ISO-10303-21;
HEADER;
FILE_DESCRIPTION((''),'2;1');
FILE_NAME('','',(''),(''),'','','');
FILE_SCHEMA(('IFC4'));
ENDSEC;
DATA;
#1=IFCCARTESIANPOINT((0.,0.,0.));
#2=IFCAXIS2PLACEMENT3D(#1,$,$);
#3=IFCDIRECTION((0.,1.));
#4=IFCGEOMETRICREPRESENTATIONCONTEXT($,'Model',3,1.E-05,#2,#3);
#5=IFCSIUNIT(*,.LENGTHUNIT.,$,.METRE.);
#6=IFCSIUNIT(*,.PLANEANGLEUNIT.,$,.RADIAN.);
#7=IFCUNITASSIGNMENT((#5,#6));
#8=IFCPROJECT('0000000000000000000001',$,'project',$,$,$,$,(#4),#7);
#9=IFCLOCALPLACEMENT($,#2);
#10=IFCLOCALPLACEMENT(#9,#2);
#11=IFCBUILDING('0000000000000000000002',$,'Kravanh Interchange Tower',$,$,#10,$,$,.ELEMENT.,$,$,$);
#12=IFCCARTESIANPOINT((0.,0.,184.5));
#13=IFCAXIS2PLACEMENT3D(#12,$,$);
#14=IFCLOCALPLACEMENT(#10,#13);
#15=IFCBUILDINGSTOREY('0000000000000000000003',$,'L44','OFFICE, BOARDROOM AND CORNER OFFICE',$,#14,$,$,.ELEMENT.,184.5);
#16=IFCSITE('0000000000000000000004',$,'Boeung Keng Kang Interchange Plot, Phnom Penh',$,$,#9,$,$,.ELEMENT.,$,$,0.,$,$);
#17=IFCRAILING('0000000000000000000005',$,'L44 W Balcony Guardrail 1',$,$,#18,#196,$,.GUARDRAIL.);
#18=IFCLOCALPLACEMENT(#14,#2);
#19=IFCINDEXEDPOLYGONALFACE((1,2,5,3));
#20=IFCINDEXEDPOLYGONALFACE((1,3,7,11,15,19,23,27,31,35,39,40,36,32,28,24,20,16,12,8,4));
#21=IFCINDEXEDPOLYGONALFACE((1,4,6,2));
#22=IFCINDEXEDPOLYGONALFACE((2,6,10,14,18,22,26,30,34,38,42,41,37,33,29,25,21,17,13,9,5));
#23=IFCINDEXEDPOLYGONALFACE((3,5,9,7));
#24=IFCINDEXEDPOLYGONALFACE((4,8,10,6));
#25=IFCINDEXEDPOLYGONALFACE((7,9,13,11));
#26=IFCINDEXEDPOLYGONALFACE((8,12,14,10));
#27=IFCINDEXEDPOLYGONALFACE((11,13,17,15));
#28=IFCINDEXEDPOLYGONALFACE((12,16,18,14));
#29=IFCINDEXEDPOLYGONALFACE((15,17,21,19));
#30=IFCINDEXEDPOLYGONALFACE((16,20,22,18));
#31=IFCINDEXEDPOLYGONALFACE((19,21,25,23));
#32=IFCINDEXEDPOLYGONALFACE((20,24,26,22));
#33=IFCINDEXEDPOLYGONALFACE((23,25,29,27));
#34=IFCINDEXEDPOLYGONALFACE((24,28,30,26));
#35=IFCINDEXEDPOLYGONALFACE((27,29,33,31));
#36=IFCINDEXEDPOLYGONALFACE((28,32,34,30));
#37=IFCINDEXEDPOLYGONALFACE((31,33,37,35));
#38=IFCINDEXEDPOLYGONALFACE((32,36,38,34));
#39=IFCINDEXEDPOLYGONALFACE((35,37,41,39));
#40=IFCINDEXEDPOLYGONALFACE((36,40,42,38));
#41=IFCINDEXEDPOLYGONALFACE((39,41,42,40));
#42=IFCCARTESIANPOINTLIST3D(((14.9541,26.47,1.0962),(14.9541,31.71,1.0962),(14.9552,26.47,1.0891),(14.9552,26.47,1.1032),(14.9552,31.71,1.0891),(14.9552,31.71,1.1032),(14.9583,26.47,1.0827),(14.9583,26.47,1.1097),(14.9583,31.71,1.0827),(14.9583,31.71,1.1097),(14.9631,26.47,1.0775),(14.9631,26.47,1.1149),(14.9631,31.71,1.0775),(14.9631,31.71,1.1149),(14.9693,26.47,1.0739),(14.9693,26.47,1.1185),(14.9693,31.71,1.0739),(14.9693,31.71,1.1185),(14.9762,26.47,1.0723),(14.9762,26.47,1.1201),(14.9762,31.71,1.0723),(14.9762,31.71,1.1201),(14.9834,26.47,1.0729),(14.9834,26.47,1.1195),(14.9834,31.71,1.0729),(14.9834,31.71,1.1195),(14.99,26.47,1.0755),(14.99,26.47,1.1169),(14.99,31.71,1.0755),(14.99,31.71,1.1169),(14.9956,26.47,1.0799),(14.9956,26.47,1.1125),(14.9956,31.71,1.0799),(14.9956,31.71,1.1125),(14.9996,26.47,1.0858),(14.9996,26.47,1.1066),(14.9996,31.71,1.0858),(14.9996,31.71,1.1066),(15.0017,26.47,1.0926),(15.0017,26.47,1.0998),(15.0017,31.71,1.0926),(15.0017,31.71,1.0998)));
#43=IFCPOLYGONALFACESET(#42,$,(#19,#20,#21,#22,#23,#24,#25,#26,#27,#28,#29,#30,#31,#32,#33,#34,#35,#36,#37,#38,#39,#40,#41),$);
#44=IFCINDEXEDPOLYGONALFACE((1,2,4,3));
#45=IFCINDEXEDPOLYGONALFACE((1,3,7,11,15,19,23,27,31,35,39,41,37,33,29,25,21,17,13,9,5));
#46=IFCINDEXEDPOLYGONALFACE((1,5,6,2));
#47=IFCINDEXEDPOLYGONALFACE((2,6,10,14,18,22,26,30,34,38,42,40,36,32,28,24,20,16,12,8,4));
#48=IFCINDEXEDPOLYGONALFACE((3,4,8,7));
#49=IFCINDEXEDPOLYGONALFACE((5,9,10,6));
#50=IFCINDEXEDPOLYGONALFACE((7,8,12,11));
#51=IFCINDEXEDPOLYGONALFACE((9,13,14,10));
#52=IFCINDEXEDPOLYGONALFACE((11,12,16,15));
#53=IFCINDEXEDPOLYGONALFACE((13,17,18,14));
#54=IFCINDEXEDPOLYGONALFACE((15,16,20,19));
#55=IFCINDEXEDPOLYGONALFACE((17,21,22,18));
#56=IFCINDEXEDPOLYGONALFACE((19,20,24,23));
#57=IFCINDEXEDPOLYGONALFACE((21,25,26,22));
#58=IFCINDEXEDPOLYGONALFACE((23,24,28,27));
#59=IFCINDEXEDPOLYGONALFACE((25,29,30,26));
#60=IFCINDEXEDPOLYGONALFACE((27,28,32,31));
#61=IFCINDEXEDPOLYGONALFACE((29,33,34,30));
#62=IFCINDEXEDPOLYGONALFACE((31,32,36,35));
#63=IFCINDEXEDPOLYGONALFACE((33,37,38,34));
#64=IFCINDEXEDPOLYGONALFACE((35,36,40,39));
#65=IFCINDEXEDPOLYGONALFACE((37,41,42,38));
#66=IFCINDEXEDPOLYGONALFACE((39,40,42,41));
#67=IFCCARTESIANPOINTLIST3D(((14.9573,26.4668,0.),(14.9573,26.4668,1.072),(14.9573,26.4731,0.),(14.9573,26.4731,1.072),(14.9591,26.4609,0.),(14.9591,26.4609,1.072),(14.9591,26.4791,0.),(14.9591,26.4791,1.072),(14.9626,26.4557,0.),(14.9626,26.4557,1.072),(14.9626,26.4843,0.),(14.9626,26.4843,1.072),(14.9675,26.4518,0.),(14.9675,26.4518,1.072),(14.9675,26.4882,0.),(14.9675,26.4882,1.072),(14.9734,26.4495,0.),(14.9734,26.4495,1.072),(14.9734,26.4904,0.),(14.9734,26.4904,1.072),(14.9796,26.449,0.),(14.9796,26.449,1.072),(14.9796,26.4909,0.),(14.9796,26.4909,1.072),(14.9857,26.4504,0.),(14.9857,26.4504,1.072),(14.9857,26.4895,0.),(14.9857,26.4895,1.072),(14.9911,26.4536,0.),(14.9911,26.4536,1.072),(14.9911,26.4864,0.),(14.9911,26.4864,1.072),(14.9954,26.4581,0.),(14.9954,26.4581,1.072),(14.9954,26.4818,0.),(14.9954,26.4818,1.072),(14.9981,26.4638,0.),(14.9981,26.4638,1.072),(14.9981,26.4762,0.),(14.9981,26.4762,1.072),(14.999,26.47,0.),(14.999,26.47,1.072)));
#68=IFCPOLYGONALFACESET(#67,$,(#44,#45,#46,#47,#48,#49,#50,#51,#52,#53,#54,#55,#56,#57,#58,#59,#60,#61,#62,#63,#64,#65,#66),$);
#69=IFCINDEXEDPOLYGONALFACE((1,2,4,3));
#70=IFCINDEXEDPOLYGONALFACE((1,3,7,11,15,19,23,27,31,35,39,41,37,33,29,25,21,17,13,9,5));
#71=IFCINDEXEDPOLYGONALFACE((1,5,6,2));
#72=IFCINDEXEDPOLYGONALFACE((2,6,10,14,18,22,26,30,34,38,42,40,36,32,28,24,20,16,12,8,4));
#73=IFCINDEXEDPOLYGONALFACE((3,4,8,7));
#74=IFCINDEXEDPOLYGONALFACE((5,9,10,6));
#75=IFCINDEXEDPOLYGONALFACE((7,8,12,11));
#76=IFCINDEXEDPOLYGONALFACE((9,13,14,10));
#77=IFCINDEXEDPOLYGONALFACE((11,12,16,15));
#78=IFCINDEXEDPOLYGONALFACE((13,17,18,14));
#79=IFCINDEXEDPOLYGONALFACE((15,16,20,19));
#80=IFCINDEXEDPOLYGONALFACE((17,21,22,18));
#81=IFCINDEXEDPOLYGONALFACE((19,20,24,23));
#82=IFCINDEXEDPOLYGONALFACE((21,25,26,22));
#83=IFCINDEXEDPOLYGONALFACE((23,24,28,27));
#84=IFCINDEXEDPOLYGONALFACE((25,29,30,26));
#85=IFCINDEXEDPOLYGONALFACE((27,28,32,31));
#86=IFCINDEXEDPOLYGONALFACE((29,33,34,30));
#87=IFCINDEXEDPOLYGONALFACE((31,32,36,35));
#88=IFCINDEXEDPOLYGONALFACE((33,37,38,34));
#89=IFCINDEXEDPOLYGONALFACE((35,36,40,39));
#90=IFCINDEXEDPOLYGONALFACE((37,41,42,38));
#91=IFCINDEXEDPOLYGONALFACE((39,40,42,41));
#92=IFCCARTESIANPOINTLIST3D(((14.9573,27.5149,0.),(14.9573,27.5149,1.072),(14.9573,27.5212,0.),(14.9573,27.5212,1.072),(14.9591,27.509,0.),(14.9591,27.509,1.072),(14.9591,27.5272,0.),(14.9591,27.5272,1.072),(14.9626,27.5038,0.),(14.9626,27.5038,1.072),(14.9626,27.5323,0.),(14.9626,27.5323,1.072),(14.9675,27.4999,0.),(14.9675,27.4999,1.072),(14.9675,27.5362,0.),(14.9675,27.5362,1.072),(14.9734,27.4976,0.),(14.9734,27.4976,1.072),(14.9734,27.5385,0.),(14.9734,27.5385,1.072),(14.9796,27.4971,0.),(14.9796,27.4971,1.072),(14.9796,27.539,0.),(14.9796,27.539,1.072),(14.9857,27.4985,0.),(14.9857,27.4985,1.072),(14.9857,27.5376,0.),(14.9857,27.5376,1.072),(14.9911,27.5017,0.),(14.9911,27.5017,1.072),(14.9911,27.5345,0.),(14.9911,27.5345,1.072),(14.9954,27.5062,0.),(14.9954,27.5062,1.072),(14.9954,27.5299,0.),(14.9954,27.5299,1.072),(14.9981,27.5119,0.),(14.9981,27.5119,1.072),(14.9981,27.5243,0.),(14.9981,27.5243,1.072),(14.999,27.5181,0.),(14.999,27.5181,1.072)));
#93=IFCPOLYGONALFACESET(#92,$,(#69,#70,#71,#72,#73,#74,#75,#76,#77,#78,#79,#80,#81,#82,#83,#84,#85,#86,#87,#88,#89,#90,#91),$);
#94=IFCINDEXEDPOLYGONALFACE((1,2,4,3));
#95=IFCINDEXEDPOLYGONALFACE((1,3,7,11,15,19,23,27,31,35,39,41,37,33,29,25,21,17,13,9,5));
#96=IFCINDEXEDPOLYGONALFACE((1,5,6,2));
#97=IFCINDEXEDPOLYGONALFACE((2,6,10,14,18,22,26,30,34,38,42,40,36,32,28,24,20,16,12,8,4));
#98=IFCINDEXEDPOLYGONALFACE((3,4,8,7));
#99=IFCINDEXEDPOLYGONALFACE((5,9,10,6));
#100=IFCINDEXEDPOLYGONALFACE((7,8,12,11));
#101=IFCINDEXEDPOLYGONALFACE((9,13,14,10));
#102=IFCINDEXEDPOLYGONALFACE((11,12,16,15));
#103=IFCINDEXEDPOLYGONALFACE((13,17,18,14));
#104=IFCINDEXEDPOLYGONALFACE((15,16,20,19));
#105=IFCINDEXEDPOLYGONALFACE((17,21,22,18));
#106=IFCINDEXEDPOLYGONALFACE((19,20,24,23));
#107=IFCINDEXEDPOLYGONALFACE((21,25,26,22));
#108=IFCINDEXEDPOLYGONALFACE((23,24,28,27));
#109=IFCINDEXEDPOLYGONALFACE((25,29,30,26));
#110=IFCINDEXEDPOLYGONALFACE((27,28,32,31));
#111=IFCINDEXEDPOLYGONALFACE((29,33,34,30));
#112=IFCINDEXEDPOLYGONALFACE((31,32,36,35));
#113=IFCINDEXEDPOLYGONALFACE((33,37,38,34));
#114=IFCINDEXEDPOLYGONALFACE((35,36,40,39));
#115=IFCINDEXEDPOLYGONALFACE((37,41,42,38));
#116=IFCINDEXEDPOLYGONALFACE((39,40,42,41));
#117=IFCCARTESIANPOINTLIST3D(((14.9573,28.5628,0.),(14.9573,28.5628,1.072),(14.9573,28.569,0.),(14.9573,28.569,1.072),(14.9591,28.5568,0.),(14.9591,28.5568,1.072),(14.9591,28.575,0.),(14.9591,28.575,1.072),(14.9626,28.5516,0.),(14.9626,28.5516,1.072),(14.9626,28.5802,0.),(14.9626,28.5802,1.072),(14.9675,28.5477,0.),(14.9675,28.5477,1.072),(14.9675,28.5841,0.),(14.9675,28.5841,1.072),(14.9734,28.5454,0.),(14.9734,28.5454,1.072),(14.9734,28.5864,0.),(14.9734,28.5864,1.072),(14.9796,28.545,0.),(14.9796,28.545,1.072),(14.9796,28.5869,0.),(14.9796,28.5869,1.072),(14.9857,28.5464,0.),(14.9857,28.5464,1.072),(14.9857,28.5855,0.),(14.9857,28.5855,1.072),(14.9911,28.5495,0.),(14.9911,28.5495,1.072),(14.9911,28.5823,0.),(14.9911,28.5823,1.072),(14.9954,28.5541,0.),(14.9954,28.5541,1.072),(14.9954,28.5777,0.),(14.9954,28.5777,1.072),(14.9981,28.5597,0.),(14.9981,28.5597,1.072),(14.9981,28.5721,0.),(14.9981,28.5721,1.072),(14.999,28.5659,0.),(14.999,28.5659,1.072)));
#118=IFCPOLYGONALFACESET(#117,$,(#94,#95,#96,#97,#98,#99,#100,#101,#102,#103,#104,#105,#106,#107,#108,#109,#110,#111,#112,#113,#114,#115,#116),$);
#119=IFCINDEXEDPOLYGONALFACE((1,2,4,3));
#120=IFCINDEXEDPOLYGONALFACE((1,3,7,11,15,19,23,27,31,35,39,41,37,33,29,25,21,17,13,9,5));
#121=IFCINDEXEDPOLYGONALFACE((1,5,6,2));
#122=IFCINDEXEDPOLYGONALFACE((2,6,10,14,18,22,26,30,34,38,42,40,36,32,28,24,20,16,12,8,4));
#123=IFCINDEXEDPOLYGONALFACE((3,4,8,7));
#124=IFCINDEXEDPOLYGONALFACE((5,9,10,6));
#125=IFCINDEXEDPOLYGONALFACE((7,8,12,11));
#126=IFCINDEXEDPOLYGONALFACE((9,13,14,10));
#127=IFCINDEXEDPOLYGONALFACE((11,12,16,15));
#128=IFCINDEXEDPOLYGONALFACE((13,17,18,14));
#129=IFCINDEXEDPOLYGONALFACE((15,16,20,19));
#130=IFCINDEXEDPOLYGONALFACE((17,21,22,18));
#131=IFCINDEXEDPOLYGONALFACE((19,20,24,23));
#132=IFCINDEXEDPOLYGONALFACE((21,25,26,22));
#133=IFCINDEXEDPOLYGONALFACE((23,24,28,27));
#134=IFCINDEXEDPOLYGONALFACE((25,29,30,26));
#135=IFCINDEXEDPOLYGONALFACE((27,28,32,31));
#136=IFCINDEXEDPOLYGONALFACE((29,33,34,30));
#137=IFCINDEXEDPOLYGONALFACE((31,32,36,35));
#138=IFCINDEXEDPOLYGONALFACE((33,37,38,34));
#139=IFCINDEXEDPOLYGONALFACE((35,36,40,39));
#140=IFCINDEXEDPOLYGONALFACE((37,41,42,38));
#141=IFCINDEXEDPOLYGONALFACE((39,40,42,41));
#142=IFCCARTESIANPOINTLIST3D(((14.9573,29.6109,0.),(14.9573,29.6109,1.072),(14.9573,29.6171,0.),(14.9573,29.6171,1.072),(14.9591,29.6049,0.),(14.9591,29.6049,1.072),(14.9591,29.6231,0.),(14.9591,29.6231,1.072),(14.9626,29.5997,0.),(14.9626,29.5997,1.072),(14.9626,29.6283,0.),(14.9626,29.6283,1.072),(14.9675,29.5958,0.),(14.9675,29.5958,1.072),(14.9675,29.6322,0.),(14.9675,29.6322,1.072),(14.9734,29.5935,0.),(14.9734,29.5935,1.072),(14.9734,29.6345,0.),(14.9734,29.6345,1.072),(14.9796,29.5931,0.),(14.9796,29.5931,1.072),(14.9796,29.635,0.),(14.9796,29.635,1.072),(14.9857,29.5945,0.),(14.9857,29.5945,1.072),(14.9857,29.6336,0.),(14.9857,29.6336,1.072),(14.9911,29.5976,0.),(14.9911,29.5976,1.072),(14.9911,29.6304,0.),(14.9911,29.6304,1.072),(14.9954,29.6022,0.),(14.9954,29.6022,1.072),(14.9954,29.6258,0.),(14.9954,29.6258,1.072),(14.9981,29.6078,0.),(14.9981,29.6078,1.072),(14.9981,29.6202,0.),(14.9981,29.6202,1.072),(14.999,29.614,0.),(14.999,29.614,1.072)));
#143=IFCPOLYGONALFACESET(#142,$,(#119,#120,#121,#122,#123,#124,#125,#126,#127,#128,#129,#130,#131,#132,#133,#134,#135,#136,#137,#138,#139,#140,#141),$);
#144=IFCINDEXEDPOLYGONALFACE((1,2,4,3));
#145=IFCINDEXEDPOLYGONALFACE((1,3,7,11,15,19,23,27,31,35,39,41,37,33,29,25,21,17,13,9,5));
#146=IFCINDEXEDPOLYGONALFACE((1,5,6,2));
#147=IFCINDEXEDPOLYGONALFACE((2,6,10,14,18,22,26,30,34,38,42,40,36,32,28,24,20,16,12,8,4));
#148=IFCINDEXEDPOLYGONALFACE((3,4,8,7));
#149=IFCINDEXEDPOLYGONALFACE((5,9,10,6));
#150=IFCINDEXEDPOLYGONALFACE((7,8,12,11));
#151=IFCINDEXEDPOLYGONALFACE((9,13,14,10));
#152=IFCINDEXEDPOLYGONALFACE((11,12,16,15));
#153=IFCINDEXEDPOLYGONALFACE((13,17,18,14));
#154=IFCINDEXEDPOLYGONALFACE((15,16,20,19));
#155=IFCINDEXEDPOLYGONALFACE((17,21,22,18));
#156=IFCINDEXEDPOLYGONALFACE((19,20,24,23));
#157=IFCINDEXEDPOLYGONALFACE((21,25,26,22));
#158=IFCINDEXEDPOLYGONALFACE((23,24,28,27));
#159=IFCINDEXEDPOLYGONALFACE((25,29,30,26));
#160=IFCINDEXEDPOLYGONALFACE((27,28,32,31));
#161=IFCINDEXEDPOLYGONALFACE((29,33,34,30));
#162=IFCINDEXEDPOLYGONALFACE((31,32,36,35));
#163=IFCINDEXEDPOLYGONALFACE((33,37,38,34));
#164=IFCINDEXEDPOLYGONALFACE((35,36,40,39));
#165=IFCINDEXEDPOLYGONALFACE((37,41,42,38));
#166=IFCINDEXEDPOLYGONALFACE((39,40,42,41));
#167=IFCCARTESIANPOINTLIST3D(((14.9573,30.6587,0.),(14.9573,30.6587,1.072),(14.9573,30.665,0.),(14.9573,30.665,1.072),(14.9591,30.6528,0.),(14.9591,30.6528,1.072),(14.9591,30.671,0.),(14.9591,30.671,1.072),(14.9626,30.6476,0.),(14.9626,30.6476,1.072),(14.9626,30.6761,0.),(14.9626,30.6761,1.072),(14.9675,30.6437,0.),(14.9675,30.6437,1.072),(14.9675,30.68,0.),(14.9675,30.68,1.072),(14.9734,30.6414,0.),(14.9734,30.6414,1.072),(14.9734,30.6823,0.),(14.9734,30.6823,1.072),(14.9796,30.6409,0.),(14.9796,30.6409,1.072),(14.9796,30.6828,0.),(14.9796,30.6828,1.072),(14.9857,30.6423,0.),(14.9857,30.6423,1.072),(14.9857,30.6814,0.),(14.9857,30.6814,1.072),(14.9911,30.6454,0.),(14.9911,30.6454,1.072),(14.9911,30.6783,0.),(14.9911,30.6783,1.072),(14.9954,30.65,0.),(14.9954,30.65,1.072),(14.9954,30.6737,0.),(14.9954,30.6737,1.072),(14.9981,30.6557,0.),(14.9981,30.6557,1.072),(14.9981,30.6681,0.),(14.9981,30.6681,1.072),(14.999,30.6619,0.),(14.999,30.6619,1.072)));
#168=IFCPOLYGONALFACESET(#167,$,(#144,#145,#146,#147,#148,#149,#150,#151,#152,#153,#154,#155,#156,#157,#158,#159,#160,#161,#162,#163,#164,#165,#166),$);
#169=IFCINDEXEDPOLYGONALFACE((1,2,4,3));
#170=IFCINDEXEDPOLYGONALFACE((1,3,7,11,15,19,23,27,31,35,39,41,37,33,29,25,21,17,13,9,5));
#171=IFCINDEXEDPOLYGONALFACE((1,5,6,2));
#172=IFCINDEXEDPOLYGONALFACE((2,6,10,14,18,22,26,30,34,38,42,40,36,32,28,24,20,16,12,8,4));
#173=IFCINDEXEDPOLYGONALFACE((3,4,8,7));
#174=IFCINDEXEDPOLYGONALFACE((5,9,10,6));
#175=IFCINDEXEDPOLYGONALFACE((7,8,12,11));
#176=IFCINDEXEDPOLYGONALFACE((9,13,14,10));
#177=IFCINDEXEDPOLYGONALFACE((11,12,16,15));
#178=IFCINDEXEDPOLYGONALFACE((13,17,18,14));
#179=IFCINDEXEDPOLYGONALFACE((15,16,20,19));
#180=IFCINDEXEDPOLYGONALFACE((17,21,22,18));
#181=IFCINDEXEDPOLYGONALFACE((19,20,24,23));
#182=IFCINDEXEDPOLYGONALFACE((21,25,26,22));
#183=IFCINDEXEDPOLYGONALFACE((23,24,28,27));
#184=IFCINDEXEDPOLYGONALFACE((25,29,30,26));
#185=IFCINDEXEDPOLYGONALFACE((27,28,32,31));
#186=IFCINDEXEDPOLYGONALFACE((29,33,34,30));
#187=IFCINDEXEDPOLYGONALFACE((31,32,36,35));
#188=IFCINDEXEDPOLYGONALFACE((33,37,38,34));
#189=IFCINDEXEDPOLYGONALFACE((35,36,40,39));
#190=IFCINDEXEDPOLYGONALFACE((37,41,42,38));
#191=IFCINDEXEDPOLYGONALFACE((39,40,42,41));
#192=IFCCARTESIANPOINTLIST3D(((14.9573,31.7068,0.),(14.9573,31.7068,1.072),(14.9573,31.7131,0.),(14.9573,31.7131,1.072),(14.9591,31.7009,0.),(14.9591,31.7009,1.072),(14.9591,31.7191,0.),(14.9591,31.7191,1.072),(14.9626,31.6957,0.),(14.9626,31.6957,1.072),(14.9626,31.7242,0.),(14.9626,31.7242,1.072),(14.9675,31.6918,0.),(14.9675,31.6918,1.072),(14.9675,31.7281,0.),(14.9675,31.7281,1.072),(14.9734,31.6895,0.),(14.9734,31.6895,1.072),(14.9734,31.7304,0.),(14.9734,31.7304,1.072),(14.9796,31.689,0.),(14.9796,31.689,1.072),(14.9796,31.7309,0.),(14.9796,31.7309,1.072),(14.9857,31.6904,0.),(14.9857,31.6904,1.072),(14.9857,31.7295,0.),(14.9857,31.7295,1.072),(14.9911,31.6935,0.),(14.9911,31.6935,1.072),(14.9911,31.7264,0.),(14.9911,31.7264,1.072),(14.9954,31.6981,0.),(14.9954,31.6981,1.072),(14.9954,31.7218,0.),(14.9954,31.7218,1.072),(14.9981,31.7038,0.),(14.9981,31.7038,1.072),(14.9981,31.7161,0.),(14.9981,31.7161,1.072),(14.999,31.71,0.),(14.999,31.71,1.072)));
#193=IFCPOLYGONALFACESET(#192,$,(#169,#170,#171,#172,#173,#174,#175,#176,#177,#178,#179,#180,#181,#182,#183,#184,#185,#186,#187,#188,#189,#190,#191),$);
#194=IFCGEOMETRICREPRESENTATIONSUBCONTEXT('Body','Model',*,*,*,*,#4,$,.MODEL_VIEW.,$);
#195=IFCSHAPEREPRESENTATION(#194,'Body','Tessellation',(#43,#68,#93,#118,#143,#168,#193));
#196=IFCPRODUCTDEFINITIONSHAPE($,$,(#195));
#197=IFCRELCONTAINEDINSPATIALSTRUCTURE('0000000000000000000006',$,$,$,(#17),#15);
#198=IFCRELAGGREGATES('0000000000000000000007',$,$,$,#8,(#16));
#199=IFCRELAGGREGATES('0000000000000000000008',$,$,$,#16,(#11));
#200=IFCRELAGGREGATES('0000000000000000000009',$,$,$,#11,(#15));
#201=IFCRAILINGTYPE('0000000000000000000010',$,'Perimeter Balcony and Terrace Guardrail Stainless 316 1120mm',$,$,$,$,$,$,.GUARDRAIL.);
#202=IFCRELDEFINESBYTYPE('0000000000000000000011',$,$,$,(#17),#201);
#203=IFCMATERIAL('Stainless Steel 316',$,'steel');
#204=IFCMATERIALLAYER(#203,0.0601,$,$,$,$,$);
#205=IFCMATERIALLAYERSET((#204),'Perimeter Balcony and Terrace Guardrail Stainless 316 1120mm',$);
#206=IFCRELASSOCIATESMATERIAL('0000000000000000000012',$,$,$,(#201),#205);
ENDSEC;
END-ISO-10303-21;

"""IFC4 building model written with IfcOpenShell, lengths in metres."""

from ifc_helpers import new_model, si_unit, direction, frame, origin, origin_2d, place, context, subcontext, project, spatial, circle, extrude, material, layer, layer_set, type_object, element, save


model = new_model("IFC4")

# Units and contexts
model_context = context("Model", 3, precision=1e-05, world=origin(), true_north=direction((0.0, 1.0)))
body_context = subcontext(model_context, "Body", "Model", "MODEL_VIEW")
ifc_project = project(units=[si_unit("LENGTHUNIT", "METRE"), si_unit("PLANEANGLEUNIT", "RADIAN")], contexts=[model_context])

# Site, building, storey
site_placement = place(None, origin())
site = spatial("IfcSite", under=ifc_project, at=site_placement, Name="Boeung Keng Kang Interchange Plot, Phnom Penh", CompositionType="ELEMENT", RefElevation=0.0)
building_placement = place(site_placement, origin())
building = spatial("IfcBuilding", under=site, at=building_placement, Name="Kravanh Interchange Tower", CompositionType="ELEMENT")
storey_placement = place(building_placement, frame((0.0, 0.0, 184.5)))
storey = spatial("IfcBuildingStorey", under=building, at=storey_placement, Name="L44", Description="OFFICE, BOARDROOM AND CORNER OFFICE", CompositionType="ELEMENT", Elevation=184.5)

# Railing
ifc_material_1 = material(Name="Stainless Steel 316", Category="steel")
ifc_layer_1 = layer(ifc_material_1, 0.0601)
ifc_layer_set_1 = layer_set([ifc_layer_1], Name="Perimeter Balcony and Terrace Guardrail Stainless 316 1120mm")
railing_type = type_object("IfcRailingType", Name="Perimeter Balcony and Terrace Guardrail Stainless 316 1120mm", PredefinedType="GUARDRAIL", material=ifc_layer_set_1)
railing_1_placement = place(storey_placement, frame((14.978, 26.47, 0.0)))
element("IfcRailing", 1, at=railing_1_placement, inside=storey, type_object=railing_type, Name="L44 W Balcony Guardrail 1", PredefinedType="GUARDRAIL", context=body_context, shape_type="SweptSolid", body=[
    extrude(circle(Radius=0.0239, at=origin_2d()), frame((0.0, 0.0, 1.0962), z_axis=(0.0, 1.0, 0.0), x_axis=(-1.0, 0.0, 0.0)), (0.0, 0.0, 1.0), 5.24),
    extrude(circle(Radius=0.021, at=origin_2d()), origin(), (0.0, 0.0, 1.0), 1.072),
    extrude(circle(Radius=0.021, at=origin_2d()), frame((0.0, 1.0481, 0.0)), (0.0, 0.0, 1.0), 1.072),
    extrude(circle(Radius=0.021, at=origin_2d()), frame((0.0, 2.0959, 0.0)), (0.0, 0.0, 1.0), 1.072),
    extrude(circle(Radius=0.021, at=origin_2d()), frame((0.0, 3.144, 0.0)), (0.0, 0.0, 1.0), 1.072),
    extrude(circle(Radius=0.021, at=origin_2d()), frame((0.0, 4.1919, 0.0)), (0.0, 0.0, 1.0), 1.072),
    extrude(circle(Radius=0.021, at=origin_2d()), frame((0.0, 5.24, 0.0)), (0.0, 0.0, 1.0), 1.072),
])

save(model, "model.ifc")
